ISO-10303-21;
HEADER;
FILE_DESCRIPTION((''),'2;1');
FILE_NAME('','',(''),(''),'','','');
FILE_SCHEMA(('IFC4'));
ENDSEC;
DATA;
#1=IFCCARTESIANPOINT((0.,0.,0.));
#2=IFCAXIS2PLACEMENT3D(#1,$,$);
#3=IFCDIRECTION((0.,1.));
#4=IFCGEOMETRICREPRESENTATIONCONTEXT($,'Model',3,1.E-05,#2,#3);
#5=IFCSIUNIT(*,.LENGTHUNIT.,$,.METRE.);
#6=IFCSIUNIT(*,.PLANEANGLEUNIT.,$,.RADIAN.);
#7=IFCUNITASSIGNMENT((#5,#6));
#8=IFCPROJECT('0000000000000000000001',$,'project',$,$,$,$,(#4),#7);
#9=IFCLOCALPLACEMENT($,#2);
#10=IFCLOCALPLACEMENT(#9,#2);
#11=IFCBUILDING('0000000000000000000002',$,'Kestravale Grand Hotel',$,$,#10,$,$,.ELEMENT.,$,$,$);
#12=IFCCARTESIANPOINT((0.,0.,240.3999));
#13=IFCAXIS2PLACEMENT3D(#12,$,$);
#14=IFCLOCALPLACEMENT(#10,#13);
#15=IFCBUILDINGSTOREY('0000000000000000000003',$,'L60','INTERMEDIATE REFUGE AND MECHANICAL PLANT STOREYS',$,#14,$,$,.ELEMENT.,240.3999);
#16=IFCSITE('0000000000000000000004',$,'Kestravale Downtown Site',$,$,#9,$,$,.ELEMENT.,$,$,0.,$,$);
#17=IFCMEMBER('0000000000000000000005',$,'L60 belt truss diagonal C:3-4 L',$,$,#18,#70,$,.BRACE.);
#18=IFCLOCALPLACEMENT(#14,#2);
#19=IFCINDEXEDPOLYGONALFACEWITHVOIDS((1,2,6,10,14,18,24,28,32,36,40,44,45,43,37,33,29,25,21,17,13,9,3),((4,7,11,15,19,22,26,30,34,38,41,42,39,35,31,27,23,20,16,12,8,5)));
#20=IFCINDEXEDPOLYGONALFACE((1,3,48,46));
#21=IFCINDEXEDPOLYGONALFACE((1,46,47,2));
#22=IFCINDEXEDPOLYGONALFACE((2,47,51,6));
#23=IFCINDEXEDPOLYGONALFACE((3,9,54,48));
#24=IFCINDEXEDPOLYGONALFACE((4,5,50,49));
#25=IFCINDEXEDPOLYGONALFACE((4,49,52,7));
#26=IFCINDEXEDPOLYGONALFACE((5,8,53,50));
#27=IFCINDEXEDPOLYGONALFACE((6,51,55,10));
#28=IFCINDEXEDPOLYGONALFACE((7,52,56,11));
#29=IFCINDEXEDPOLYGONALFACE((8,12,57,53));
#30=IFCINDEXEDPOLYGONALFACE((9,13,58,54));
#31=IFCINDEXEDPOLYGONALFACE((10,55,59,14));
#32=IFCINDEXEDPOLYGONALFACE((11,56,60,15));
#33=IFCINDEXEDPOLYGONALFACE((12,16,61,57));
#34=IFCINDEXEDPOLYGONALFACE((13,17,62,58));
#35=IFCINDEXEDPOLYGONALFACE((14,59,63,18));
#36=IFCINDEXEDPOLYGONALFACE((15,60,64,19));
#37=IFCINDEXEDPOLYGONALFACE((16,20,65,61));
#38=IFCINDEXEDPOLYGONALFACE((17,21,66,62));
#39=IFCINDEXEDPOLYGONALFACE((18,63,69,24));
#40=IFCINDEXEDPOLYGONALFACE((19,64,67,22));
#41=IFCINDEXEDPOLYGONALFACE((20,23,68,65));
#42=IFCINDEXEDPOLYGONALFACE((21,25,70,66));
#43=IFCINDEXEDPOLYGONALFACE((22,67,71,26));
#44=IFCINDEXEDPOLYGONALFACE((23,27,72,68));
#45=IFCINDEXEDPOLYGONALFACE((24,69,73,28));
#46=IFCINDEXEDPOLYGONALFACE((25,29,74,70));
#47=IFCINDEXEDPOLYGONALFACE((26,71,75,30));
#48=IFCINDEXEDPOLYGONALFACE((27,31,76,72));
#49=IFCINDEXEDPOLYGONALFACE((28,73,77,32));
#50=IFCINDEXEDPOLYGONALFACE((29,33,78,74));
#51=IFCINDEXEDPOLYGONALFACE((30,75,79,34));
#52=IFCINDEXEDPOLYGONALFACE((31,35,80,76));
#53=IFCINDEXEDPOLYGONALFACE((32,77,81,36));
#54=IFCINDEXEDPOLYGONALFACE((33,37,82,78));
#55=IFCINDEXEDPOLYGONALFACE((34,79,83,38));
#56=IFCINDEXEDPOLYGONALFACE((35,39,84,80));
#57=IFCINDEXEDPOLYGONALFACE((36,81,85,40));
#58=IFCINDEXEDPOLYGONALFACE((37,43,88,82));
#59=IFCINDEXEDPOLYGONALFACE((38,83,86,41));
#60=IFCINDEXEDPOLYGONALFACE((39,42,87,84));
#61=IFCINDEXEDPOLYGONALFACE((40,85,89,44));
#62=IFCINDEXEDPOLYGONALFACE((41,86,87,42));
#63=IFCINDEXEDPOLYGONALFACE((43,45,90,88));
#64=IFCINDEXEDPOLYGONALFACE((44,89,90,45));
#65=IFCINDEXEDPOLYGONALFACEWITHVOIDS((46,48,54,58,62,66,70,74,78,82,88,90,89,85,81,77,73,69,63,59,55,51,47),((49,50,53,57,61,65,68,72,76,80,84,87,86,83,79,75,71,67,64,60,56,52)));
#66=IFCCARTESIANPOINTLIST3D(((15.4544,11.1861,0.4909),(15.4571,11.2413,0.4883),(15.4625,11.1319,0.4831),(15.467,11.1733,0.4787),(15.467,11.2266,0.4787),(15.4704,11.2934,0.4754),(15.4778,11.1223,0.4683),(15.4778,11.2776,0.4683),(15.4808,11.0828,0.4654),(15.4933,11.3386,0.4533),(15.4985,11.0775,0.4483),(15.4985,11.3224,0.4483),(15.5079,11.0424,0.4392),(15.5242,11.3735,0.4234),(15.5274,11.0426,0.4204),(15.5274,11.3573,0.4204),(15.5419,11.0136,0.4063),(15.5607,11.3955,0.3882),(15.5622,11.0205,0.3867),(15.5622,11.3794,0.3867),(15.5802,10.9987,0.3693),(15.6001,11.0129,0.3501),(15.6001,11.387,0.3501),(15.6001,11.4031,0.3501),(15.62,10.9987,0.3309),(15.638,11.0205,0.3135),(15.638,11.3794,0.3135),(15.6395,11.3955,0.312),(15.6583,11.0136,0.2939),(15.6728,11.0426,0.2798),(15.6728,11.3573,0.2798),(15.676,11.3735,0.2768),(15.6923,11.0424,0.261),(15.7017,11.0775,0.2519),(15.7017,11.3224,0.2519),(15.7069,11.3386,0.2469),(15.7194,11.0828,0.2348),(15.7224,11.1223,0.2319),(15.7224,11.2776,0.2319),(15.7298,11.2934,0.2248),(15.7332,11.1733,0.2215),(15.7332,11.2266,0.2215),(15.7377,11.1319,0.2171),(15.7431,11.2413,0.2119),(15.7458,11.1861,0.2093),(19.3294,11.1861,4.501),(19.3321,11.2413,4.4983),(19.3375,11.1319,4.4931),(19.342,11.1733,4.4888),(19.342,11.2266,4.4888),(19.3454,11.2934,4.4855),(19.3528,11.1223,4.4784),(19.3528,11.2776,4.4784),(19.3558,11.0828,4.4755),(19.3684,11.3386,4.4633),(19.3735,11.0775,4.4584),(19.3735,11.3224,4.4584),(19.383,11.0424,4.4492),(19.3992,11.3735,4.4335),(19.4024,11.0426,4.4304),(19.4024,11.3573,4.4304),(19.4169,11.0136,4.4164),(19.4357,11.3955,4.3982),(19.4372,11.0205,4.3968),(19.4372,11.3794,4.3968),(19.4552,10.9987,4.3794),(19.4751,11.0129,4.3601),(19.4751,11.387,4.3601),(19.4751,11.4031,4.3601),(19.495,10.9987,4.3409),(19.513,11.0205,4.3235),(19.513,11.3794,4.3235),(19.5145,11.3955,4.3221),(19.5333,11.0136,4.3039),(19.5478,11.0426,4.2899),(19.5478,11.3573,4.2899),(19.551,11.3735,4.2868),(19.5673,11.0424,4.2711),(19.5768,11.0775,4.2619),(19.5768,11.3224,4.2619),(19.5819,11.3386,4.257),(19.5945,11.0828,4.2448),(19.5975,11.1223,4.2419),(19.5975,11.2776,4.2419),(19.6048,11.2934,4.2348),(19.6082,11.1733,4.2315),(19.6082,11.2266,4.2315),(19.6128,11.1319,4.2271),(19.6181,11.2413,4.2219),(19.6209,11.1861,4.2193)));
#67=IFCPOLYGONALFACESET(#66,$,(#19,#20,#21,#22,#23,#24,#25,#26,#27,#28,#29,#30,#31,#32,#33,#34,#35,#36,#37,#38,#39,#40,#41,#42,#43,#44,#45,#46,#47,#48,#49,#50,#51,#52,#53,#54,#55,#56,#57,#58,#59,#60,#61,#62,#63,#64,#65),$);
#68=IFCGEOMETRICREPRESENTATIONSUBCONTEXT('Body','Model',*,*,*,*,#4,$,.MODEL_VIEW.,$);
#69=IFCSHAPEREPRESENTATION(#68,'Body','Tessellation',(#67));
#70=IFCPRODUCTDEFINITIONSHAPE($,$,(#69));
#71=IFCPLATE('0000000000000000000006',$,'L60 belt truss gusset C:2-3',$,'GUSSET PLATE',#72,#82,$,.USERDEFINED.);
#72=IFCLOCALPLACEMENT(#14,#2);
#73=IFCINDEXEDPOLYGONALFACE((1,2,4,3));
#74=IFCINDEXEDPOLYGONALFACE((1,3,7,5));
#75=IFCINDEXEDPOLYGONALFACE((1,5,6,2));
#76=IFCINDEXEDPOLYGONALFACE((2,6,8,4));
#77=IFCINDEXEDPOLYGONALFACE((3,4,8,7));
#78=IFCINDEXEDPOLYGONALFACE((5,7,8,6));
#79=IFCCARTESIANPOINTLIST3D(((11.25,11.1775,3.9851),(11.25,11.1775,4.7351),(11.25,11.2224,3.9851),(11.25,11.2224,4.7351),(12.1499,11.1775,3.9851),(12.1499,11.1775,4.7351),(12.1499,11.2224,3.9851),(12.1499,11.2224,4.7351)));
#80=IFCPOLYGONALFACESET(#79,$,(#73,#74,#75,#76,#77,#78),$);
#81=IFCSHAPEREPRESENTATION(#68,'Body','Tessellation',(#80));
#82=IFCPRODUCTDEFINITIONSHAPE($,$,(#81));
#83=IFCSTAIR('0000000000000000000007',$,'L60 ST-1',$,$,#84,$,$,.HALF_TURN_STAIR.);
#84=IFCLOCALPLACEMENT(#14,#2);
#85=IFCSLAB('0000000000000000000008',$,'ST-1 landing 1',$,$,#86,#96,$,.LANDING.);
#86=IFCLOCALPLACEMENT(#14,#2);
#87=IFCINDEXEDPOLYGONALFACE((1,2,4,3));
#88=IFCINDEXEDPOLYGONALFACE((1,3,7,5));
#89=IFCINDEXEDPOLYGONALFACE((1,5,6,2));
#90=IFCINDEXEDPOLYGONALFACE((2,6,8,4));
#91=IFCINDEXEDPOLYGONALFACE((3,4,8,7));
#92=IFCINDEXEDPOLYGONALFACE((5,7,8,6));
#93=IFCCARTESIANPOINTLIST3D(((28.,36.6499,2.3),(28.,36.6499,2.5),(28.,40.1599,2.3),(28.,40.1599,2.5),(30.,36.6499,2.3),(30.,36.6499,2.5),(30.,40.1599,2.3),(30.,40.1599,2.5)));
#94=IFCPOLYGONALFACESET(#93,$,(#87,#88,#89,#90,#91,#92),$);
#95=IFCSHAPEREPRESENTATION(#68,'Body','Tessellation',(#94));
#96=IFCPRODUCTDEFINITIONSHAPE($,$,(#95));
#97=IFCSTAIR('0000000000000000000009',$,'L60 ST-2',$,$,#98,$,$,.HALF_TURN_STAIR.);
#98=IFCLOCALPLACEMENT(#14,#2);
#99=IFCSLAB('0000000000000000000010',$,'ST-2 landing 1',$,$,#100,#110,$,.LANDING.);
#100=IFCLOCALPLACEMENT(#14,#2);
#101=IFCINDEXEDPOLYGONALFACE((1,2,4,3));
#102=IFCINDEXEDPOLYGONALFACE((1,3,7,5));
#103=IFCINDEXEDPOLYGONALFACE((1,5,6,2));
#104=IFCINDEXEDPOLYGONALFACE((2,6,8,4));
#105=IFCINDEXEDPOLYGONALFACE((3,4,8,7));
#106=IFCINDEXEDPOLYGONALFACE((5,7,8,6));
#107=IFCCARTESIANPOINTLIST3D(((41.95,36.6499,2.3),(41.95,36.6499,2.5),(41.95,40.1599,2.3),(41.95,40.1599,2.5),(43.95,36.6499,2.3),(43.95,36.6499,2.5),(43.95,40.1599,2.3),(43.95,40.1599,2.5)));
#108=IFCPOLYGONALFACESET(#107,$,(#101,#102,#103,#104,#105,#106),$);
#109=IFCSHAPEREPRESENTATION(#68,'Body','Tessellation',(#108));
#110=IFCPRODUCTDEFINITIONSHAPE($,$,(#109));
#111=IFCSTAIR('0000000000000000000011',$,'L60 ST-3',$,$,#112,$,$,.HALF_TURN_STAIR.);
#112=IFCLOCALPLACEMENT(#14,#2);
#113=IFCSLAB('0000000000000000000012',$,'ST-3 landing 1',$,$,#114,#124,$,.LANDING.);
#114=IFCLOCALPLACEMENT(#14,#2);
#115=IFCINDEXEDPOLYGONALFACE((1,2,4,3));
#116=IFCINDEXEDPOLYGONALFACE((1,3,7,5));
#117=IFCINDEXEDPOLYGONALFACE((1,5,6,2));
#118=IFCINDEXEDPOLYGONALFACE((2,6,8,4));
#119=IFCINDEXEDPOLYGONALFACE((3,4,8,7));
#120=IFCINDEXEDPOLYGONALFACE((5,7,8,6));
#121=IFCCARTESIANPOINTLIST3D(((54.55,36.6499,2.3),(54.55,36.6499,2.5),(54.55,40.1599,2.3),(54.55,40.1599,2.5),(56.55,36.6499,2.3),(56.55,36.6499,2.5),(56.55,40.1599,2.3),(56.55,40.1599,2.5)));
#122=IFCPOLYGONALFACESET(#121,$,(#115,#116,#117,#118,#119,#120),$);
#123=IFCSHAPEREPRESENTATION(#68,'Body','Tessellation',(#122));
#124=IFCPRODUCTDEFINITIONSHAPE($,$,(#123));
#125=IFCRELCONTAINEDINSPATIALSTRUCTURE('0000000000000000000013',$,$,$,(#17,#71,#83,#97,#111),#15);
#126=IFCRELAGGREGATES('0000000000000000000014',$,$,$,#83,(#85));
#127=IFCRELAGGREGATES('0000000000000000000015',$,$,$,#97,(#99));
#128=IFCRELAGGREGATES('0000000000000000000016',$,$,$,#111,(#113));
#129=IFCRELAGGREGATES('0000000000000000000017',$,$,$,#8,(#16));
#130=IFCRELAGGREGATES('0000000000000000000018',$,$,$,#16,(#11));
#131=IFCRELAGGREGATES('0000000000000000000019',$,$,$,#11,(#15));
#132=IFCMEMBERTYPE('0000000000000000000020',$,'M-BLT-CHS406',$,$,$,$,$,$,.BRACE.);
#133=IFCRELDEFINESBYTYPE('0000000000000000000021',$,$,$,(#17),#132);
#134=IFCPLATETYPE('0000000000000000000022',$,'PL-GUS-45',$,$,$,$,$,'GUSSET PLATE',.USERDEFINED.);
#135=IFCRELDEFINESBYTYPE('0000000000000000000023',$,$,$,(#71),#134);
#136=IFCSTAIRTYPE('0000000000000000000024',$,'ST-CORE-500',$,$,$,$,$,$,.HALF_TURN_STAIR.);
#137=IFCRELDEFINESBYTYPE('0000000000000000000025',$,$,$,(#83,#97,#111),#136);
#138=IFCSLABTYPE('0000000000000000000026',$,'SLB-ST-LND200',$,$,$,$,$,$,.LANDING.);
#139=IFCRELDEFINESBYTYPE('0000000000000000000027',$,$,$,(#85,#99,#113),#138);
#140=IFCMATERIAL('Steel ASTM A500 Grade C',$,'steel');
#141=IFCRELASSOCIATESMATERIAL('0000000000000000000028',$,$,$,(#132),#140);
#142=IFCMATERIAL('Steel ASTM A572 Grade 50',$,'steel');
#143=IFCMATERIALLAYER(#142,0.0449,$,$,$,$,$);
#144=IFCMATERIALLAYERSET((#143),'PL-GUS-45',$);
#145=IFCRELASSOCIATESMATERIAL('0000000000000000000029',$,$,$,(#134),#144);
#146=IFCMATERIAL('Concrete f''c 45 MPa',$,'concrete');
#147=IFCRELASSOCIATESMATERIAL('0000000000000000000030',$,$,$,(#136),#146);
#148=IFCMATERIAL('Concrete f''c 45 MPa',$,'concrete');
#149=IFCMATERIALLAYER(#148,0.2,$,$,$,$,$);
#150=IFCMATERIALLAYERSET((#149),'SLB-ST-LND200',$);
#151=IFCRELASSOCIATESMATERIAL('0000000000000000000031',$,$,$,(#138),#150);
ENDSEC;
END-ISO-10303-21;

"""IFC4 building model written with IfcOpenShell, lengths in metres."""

from ifc_helpers import new_model, si_unit, direction, frame, origin, origin_2d, place, context, subcontext, project, spatial, polyline, rectangle, hollow_circle, outline, extrude, material, layer, layer_set, material_profile, profile_set, type_object, element, aggregate, save


model = new_model("IFC4")

# Units and contexts
model_context = context("Model", 3, precision=1e-05, world=origin(), true_north=direction((0.0, 1.0)))
body_context = subcontext(model_context, "Body", "Model", "MODEL_VIEW")
ifc_project = project(units=[si_unit("LENGTHUNIT", "METRE"), si_unit("PLANEANGLEUNIT", "RADIAN")], contexts=[model_context])

# Site, building, storey
site_placement = place(None, origin())
site = spatial("IfcSite", under=ifc_project, at=site_placement, Name="Kestravale Downtown Site", CompositionType="ELEMENT", RefElevation=0.0)
building_placement = place(site_placement, origin())
building = spatial("IfcBuilding", under=site, at=building_placement, Name="Kestravale Grand Hotel", CompositionType="ELEMENT")
storey_placement = place(building_placement, frame((0.0, 0.0, 240.3999)))
storey = spatial("IfcBuildingStorey", under=building, at=storey_placement, Name="L60", Description="INTERMEDIATE REFUGE AND MECHANICAL PLANT STOREYS", CompositionType="ELEMENT", Elevation=240.3999)

# Member
ifc_material_1 = material(Name="Steel ASTM A500 Grade C", Category="steel")
ifc_material_profile_1 = material_profile(ifc_material_1, hollow_circle(Radius=0.2031, WallThickness=0.0161, at=origin_2d()))
ifc_profile_set_1 = profile_set([ifc_material_profile_1], Name="Steel ASTM A500 Grade C")
member_type_1 = type_object("IfcMemberType", Name="M-BLT-CHS406", PredefinedType="BRACE", material=ifc_profile_set_1)
for number, where, z_axis, x_axis, name in (
    (1, (15.6001, 11.2, 0.3501), (0.694898, 0.0, 0.719109), (0.0, 1.0, 0.0), "L60 belt truss diagonal C:3-4 L"),
):
    element("IfcMember", number, at=place(storey_placement, frame(where, z_axis=z_axis, x_axis=x_axis)), inside=storey, type_object=member_type_1, Name=name, PredefinedType="BRACE", context=body_context, shape_type="SweptSolid", body=[
        extrude(hollow_circle(Radius=0.2031, WallThickness=0.0161, at=origin_2d()), origin(), (0.0, 0.0, 1.0), 5.5764),
    ])

# Plate
ifc_material_2 = material(Name="Steel ASTM A572 Grade 50", Category="steel")
ifc_layer_1 = layer(ifc_material_2, 0.0449)
ifc_layer_set_1 = layer_set([ifc_layer_1], Name="PL-GUS-45")
plate_type = type_object("IfcPlateType", Name="PL-GUS-45", ElementType="GUSSET PLATE", PredefinedType="USERDEFINED", material=ifc_layer_set_1)
plate_placement = place(storey_placement, frame((11.7, 11.2, 3.9851), z_axis=(0.0, 0.0, 1.0), x_axis=(1.0, 0.0, 0.0)))
element("IfcPlate", 2, at=plate_placement, inside=storey, type_object=plate_type, Name="L60 belt truss gusset C:2-3", ObjectType="GUSSET PLATE", PredefinedType="USERDEFINED", context=body_context, shape_type="SweptSolid", body=[
    extrude(rectangle(XDim=0.8999, YDim=0.0449, at=origin_2d()), origin(), (0.0, 0.0, 1.0), 0.75),
])

# Stairs, slabs
ifc_material_3 = material(Name="Concrete f'c 45 MPa", Category="concrete")
stair_type = type_object("IfcStairType", Name="ST-CORE-500", PredefinedType="HALF_TURN_STAIR", material=ifc_material_3)
stair_1_placement = place(storey_placement, origin())
stair_1 = element("IfcStair", 3, at=stair_1_placement, inside=storey, type_object=stair_type, Name="L60 ST-1", PredefinedType="HALF_TURN_STAIR")
ifc_material_4 = material(Name="Concrete f'c 45 MPa", Category="concrete")
ifc_layer_2 = layer(ifc_material_4, 0.2)
ifc_layer_set_2 = layer_set([ifc_layer_2], Name="SLB-ST-LND200")
slab_type_1 = type_object("IfcSlabType", Name="SLB-ST-LND200", PredefinedType="LANDING", material=ifc_layer_set_2)
slab_1_placement = place(storey_placement, frame((0.0, 0.0, 2.3)))
slab_1 = element("IfcSlab", 4, at=slab_1_placement, type_object=slab_type_1, Name="ST-1 landing 1", PredefinedType="LANDING", context=body_context, shape_type="SweptSolid", body=[
    extrude(outline(polyline([(28.0, 36.6499), (30.0, 36.6499), (30.0, 40.1599), (28.0, 40.1599), (28.0, 36.6499)])), origin(), (0.0, 0.0, 1.0), 0.2),
])
aggregate(stair_1, [slab_1])
stair_2_placement = place(storey_placement, origin())
stair_2 = element("IfcStair", 5, at=stair_2_placement, inside=storey, type_object=stair_type, Name="L60 ST-2", PredefinedType="HALF_TURN_STAIR")
slab_2_placement = place(storey_placement, frame((0.0, 0.0, 2.3)))
slab_2 = element("IfcSlab", 6, at=slab_2_placement, type_object=slab_type_1, Name="ST-2 landing 1", PredefinedType="LANDING", context=body_context, shape_type="SweptSolid", body=[
    extrude(outline(polyline([(41.95, 36.6499), (43.95, 36.6499), (43.95, 40.1599), (41.95, 40.1599), (41.95, 36.6499)])), origin(), (0.0, 0.0, 1.0), 0.2),
])
aggregate(stair_2, [slab_2])
stair_3_placement = place(storey_placement, origin())
stair_3 = element("IfcStair", 7, at=stair_3_placement, inside=storey, type_object=stair_type, Name="L60 ST-3", PredefinedType="HALF_TURN_STAIR")
slab_3_placement = place(storey_placement, frame((0.0, 0.0, 2.3)))
slab_3 = element("IfcSlab", 8, at=slab_3_placement, type_object=slab_type_1, Name="ST-3 landing 1", PredefinedType="LANDING", context=body_context, shape_type="SweptSolid", body=[
    extrude(outline(polyline([(54.55, 36.6499), (56.55, 36.6499), (56.55, 40.1599), (54.55, 40.1599), (54.55, 36.6499)])), origin(), (0.0, 0.0, 1.0), 0.2),
])
aggregate(stair_3, [slab_3])

save(model, "model.ifc")
